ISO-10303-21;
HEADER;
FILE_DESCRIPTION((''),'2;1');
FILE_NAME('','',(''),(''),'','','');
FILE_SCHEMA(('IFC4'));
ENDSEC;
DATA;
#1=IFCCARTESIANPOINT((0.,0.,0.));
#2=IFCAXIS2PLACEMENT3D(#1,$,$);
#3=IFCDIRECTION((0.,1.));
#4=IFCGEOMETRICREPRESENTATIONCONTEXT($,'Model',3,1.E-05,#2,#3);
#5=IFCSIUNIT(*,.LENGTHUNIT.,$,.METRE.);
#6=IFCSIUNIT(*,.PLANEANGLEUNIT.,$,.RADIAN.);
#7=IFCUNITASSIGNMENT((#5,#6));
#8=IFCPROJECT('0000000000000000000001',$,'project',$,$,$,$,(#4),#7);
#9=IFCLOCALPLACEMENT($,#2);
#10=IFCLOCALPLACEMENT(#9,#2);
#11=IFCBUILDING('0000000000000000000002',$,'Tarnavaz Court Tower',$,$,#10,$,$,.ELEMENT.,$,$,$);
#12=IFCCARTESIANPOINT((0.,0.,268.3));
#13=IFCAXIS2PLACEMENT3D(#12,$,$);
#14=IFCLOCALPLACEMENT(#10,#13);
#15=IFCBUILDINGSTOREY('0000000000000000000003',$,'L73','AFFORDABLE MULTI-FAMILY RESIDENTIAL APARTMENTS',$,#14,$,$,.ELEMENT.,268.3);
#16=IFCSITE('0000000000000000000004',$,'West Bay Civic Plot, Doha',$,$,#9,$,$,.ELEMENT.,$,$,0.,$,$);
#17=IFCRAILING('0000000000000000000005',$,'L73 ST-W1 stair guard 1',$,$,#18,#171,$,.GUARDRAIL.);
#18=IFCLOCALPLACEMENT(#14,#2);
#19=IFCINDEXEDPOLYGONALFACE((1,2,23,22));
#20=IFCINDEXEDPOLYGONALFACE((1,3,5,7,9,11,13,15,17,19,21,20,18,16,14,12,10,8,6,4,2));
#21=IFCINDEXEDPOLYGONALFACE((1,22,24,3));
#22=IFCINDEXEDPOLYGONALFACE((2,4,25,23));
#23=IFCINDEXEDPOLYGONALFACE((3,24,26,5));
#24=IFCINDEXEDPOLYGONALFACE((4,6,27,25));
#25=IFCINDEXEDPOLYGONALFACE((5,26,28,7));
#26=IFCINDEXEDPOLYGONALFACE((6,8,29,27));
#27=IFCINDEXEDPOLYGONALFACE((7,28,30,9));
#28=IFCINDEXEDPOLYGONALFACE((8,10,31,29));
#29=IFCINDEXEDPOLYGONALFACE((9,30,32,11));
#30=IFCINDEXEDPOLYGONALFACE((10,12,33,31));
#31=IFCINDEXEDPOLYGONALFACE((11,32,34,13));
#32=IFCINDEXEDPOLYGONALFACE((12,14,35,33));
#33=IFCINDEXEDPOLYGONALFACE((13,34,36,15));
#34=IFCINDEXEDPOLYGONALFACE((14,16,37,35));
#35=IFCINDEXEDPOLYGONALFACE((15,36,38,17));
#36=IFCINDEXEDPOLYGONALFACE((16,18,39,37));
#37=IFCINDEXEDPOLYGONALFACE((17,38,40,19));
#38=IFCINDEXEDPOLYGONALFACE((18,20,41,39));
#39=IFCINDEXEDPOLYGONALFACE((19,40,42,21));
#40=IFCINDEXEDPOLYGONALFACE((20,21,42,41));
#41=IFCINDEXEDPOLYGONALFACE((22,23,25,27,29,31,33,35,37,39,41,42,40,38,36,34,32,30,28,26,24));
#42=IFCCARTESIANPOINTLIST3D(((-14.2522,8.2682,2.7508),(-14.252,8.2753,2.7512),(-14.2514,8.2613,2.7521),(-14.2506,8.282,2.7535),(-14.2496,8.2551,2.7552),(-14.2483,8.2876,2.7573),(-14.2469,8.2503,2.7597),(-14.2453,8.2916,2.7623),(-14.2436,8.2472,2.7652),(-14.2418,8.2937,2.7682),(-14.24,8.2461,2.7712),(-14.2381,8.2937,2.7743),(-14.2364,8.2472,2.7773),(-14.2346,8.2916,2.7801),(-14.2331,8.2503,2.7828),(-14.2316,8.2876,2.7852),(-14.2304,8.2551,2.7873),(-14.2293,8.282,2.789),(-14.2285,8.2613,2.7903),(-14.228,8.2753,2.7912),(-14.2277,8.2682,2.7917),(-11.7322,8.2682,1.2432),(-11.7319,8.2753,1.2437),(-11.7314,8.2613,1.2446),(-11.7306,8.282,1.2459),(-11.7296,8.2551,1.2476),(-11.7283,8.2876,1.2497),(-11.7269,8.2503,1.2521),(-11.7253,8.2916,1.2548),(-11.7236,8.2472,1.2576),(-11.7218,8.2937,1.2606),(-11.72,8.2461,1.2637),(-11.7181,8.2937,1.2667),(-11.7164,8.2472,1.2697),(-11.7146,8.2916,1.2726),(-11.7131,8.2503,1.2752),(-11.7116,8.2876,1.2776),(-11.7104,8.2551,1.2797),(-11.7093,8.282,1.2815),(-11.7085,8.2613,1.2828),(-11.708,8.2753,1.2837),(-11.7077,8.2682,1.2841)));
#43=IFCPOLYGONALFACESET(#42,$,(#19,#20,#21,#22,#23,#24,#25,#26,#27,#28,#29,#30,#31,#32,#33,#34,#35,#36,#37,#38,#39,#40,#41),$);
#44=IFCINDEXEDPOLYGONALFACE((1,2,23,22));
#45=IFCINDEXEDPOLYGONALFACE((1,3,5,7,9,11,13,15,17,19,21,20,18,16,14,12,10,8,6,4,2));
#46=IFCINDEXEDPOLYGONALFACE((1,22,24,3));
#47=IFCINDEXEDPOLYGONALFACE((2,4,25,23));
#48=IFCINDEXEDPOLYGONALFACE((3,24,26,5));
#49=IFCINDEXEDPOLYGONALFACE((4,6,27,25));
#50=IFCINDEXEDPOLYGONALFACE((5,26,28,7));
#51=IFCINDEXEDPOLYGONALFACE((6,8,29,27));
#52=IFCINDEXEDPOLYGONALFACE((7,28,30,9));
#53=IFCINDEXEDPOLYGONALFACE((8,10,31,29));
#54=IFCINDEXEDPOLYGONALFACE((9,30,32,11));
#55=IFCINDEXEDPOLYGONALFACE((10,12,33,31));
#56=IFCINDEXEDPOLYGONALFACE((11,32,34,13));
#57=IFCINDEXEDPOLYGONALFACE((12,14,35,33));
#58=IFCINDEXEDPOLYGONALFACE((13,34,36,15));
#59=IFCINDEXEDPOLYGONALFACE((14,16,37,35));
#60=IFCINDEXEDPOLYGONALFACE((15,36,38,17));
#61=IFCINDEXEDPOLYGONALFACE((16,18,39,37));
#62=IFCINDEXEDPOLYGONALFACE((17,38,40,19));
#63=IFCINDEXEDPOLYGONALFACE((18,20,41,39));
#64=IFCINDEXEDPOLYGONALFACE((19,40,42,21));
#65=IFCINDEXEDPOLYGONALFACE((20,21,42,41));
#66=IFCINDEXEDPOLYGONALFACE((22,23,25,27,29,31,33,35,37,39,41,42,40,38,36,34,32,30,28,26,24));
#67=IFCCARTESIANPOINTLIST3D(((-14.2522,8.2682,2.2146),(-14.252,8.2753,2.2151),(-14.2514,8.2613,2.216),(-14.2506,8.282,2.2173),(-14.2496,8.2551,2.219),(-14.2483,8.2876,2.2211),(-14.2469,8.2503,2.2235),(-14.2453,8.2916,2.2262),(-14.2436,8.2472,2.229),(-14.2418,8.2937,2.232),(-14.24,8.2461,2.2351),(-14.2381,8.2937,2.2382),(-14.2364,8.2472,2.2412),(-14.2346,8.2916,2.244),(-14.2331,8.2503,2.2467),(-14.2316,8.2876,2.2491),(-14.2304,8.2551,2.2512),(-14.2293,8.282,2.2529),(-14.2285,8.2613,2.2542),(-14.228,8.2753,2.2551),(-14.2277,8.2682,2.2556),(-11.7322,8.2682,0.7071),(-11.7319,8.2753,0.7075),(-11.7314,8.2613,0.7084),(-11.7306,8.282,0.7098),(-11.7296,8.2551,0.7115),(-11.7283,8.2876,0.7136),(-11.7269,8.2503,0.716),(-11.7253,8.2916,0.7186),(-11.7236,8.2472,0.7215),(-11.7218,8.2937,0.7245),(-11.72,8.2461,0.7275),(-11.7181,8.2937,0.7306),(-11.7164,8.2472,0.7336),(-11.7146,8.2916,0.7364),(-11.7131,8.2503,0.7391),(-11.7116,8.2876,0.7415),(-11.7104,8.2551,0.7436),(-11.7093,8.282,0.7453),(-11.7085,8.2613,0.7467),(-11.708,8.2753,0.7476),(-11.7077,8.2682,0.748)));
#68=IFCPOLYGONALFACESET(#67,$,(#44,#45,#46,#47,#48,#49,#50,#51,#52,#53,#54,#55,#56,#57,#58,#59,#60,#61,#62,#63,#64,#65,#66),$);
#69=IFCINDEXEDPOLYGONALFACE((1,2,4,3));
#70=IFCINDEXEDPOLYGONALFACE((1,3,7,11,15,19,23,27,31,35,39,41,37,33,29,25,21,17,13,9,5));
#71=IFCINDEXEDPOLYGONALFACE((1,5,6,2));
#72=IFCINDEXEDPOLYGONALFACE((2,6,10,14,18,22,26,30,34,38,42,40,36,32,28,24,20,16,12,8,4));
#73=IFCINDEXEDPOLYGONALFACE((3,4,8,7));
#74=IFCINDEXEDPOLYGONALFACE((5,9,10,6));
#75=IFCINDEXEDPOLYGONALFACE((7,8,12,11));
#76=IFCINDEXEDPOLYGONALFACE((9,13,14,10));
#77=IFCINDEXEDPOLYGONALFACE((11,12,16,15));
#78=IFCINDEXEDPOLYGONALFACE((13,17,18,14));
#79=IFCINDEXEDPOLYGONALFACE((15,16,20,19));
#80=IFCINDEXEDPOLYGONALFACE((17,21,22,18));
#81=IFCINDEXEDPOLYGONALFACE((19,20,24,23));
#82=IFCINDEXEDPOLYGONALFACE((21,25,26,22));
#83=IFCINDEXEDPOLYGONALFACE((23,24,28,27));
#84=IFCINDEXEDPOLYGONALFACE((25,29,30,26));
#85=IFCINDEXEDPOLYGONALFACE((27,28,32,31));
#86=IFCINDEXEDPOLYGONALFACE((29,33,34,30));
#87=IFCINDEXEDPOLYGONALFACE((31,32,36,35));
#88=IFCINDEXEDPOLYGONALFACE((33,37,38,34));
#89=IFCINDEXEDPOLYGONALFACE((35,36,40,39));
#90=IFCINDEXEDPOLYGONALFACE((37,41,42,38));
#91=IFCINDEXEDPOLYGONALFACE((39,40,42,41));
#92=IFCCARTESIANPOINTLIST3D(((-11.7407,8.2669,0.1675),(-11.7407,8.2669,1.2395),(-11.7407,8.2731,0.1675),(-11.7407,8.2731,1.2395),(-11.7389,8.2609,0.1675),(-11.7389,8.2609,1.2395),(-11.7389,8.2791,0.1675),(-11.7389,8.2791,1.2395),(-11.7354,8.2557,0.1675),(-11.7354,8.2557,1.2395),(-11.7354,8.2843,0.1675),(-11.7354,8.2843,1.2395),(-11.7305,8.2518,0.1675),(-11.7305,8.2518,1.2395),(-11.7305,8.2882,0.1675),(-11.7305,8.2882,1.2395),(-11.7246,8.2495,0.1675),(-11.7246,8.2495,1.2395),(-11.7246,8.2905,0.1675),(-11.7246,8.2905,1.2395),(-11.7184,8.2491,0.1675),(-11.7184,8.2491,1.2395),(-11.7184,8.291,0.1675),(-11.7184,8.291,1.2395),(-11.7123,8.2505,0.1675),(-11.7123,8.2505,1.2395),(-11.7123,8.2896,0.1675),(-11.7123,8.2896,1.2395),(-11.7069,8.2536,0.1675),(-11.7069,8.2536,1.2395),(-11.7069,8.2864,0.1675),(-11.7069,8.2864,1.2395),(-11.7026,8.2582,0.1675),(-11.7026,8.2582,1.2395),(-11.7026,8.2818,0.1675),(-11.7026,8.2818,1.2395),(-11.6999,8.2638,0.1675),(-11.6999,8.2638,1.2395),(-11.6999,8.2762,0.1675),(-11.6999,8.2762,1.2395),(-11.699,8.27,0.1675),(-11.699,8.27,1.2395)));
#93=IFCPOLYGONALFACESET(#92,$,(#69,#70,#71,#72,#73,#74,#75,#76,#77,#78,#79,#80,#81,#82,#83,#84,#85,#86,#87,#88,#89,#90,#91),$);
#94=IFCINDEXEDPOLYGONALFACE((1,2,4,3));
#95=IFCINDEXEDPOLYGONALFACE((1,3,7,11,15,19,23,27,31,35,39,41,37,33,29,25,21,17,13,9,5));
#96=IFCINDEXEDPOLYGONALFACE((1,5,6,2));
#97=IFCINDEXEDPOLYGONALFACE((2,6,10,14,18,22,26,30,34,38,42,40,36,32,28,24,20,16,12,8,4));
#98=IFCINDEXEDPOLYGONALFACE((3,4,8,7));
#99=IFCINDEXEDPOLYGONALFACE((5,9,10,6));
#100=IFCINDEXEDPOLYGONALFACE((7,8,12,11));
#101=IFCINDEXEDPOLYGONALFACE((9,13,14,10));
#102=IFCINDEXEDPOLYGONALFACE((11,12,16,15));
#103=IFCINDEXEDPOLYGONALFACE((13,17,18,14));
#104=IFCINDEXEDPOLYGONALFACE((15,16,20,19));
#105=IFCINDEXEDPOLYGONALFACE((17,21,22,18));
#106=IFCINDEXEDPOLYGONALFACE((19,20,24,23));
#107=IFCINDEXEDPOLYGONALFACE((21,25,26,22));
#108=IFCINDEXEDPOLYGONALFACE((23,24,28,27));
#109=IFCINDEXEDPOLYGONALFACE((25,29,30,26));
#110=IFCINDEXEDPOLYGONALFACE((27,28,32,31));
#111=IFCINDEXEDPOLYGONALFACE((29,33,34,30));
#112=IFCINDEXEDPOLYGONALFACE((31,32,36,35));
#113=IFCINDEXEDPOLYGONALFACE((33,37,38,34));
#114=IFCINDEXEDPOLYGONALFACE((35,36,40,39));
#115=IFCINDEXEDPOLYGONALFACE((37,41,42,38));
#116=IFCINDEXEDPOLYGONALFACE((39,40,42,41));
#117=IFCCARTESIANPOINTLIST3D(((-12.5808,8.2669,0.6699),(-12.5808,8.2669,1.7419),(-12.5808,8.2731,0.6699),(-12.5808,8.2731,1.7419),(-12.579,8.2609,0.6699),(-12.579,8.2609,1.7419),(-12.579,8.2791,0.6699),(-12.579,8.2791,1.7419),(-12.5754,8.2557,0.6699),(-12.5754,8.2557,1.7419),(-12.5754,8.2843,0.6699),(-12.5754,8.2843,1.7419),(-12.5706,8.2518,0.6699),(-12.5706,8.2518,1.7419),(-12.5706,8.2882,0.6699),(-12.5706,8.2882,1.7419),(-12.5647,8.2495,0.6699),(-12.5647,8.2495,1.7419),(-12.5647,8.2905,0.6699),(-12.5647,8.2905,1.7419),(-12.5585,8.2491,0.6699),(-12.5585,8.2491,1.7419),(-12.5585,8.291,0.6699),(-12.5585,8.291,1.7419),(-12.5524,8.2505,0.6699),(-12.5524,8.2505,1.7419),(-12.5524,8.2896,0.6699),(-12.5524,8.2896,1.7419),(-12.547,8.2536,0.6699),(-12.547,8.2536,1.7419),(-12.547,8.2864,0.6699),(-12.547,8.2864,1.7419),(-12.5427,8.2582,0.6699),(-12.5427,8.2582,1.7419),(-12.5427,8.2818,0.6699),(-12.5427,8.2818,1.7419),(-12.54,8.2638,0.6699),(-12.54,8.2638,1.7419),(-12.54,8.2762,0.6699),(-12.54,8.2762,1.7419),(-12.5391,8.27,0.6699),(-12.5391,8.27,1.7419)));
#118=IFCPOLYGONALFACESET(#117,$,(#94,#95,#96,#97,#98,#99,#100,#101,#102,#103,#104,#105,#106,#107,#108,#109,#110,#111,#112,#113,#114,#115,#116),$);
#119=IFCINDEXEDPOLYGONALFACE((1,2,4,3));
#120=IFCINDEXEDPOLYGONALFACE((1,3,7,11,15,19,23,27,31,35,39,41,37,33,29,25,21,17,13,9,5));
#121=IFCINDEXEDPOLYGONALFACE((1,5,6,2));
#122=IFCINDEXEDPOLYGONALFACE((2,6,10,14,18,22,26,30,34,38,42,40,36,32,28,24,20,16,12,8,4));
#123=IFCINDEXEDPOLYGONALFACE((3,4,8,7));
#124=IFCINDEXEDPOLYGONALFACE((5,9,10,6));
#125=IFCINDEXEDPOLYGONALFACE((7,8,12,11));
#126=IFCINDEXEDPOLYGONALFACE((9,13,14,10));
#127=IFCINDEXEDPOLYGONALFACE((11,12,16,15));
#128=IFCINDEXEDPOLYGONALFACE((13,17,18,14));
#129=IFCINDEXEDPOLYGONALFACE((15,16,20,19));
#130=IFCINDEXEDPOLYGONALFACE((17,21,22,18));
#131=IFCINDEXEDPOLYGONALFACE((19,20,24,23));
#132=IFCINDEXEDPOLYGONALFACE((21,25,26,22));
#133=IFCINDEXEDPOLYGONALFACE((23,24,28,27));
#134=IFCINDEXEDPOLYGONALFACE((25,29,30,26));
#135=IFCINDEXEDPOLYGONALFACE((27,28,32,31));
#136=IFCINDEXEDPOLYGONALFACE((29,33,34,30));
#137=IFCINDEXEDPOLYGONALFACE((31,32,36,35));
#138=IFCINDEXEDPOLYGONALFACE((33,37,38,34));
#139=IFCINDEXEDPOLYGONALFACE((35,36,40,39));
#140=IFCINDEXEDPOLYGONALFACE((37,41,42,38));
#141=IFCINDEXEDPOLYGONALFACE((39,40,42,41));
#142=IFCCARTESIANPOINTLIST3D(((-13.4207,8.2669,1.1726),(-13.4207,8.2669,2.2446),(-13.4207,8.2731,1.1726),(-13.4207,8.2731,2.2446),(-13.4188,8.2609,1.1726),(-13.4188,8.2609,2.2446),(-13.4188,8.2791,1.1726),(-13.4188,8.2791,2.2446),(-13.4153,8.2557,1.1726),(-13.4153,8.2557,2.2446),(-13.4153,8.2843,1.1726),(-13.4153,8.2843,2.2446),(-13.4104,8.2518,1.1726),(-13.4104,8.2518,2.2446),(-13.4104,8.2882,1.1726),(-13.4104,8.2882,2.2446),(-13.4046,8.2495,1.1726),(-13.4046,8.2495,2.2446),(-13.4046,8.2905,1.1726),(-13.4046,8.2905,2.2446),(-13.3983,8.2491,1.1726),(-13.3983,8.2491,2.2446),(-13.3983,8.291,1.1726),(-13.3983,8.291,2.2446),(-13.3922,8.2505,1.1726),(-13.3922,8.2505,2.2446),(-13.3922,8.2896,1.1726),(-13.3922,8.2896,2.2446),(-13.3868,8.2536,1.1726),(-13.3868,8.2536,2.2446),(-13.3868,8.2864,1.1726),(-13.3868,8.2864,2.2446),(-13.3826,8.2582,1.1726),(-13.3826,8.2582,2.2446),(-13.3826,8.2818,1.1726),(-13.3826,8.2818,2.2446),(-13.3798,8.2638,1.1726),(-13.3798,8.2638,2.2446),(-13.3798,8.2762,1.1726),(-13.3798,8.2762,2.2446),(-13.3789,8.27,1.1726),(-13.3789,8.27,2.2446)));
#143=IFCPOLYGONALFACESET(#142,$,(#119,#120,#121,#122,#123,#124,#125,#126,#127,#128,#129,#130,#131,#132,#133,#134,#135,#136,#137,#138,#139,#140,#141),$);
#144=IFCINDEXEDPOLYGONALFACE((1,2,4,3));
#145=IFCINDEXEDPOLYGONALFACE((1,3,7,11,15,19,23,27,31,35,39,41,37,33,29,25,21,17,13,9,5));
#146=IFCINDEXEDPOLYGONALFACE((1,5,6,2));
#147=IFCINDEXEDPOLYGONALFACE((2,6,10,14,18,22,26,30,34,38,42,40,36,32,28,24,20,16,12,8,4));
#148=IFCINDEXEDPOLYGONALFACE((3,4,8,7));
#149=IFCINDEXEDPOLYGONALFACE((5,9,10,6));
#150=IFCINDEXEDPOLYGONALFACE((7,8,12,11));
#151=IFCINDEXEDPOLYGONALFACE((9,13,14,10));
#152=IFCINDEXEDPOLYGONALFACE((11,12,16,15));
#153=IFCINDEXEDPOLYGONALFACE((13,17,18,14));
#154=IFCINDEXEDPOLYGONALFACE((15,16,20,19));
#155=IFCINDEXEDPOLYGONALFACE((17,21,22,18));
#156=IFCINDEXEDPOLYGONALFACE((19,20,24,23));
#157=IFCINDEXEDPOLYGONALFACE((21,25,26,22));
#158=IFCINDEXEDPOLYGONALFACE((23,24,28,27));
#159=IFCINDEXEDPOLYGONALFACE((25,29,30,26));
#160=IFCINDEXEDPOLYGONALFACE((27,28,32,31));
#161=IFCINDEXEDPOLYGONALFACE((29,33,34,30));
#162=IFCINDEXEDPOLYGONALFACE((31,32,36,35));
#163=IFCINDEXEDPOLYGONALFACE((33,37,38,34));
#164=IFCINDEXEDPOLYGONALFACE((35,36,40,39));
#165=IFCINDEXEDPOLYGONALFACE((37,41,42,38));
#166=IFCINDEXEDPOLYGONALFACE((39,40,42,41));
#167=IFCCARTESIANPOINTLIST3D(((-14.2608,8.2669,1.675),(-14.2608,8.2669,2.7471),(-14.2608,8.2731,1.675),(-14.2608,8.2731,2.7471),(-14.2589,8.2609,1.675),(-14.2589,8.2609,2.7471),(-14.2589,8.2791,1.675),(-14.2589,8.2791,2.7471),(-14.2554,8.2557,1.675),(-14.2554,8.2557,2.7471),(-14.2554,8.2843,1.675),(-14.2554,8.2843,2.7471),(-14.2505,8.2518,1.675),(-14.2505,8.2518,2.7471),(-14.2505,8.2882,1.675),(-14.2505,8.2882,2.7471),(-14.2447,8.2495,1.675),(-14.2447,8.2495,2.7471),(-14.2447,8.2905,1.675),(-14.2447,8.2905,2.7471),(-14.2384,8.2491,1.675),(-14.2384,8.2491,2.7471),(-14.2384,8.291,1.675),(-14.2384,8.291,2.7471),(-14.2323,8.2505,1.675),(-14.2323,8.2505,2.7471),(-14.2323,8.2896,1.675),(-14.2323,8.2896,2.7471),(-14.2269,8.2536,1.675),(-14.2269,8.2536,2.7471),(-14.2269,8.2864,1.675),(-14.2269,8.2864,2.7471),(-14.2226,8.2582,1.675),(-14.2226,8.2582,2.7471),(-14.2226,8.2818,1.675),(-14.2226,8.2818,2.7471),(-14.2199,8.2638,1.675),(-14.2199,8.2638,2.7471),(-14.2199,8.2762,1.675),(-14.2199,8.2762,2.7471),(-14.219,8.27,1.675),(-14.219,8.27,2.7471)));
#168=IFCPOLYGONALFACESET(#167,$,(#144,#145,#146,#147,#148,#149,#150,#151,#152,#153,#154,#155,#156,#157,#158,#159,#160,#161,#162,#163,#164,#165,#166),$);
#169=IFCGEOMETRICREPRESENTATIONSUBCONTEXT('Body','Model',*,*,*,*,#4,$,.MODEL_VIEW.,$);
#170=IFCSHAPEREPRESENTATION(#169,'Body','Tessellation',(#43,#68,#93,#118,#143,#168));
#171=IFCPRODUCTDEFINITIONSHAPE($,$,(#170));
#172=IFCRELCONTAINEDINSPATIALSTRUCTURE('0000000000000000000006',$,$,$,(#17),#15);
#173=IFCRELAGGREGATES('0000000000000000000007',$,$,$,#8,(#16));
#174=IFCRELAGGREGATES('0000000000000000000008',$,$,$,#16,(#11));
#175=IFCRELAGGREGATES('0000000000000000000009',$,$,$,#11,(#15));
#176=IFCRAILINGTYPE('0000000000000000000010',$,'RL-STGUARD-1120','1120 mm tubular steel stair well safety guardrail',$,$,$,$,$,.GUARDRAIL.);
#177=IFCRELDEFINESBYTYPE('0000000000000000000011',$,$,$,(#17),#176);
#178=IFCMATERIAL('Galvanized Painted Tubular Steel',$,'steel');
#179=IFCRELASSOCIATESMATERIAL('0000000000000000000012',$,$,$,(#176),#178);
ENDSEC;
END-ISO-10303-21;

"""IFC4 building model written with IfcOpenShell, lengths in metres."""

from ifc_helpers import new_model, si_unit, direction, frame, origin, origin_2d, place, context, subcontext, project, spatial, circle, extrude, material, type_object, element, save


model = new_model("IFC4")

# Units and contexts
model_context = context("Model", 3, precision=1e-05, world=origin(), true_north=direction((0.0, 1.0)))
body_context = subcontext(model_context, "Body", "Model", "MODEL_VIEW")
ifc_project = project(units=[si_unit("LENGTHUNIT", "METRE"), si_unit("PLANEANGLEUNIT", "RADIAN")], contexts=[model_context])

# Site, building, storey
site_placement = place(None, origin())
site = spatial("IfcSite", under=ifc_project, at=site_placement, Name="West Bay Civic Plot, Doha", CompositionType="ELEMENT", RefElevation=0.0)
building_placement = place(site_placement, origin())
building = spatial("IfcBuilding", under=site, at=building_placement, Name="Tarnavaz Court Tower", CompositionType="ELEMENT")
storey_placement = place(building_placement, frame((0.0, 0.0, 268.3)))
storey = spatial("IfcBuildingStorey", under=building, at=storey_placement, Name="L73", Description="AFFORDABLE MULTI-FAMILY RESIDENTIAL APARTMENTS", CompositionType="ELEMENT", Elevation=268.3)

# Railing
ifc_material_1 = material(Name="Galvanized Painted Tubular Steel", Category="steel")
railing_type_1 = type_object("IfcRailingType", Name="RL-STGUARD-1120", Description="1120 mm tubular steel stair well safety guardrail", PredefinedType="GUARDRAIL", material=ifc_material_1)
railing_1_placement = place(storey_placement, frame((-11.72, 8.27, 0.1675)))
element("IfcRailing", 1, at=railing_1_placement, inside=storey, type_object=railing_type_1, Name="L73 ST-W1 stair guard 1", PredefinedType="GUARDRAIL", context=body_context, shape_type="SweptSolid", body=[
    extrude(circle(Radius=0.0239, at=origin_2d()), frame((0.0, 0.0, 1.0962), z_axis=(-0.85816, 0.0, 0.513383), x_axis=(0.0, -1.0, 0.0)), (0.0, 0.0, 1.0), 2.9365),
    extrude(circle(Radius=0.0239, at=origin_2d()), frame((0.0, 0.0, 0.5601), z_axis=(-0.85816, 0.0, 0.513383), x_axis=(0.0, -1.0, 0.0)), (0.0, 0.0, 1.0), 2.9365),
    extrude(circle(Radius=0.021, at=origin_2d()), origin(), (0.0, 0.0, 1.0), 1.072),
    extrude(circle(Radius=0.021, at=origin_2d()), frame((-0.8401, 0.0, 0.5024)), (0.0, 0.0, 1.0), 1.072),
    extrude(circle(Radius=0.021, at=origin_2d()), frame((-1.6799, 0.0, 1.0051)), (0.0, 0.0, 1.0), 1.072),
    extrude(circle(Radius=0.021, at=origin_2d()), frame((-2.52, 0.0, 1.5076)), (0.0, 0.0, 1.0), 1.072),
])

save(model, "model.ifc")
